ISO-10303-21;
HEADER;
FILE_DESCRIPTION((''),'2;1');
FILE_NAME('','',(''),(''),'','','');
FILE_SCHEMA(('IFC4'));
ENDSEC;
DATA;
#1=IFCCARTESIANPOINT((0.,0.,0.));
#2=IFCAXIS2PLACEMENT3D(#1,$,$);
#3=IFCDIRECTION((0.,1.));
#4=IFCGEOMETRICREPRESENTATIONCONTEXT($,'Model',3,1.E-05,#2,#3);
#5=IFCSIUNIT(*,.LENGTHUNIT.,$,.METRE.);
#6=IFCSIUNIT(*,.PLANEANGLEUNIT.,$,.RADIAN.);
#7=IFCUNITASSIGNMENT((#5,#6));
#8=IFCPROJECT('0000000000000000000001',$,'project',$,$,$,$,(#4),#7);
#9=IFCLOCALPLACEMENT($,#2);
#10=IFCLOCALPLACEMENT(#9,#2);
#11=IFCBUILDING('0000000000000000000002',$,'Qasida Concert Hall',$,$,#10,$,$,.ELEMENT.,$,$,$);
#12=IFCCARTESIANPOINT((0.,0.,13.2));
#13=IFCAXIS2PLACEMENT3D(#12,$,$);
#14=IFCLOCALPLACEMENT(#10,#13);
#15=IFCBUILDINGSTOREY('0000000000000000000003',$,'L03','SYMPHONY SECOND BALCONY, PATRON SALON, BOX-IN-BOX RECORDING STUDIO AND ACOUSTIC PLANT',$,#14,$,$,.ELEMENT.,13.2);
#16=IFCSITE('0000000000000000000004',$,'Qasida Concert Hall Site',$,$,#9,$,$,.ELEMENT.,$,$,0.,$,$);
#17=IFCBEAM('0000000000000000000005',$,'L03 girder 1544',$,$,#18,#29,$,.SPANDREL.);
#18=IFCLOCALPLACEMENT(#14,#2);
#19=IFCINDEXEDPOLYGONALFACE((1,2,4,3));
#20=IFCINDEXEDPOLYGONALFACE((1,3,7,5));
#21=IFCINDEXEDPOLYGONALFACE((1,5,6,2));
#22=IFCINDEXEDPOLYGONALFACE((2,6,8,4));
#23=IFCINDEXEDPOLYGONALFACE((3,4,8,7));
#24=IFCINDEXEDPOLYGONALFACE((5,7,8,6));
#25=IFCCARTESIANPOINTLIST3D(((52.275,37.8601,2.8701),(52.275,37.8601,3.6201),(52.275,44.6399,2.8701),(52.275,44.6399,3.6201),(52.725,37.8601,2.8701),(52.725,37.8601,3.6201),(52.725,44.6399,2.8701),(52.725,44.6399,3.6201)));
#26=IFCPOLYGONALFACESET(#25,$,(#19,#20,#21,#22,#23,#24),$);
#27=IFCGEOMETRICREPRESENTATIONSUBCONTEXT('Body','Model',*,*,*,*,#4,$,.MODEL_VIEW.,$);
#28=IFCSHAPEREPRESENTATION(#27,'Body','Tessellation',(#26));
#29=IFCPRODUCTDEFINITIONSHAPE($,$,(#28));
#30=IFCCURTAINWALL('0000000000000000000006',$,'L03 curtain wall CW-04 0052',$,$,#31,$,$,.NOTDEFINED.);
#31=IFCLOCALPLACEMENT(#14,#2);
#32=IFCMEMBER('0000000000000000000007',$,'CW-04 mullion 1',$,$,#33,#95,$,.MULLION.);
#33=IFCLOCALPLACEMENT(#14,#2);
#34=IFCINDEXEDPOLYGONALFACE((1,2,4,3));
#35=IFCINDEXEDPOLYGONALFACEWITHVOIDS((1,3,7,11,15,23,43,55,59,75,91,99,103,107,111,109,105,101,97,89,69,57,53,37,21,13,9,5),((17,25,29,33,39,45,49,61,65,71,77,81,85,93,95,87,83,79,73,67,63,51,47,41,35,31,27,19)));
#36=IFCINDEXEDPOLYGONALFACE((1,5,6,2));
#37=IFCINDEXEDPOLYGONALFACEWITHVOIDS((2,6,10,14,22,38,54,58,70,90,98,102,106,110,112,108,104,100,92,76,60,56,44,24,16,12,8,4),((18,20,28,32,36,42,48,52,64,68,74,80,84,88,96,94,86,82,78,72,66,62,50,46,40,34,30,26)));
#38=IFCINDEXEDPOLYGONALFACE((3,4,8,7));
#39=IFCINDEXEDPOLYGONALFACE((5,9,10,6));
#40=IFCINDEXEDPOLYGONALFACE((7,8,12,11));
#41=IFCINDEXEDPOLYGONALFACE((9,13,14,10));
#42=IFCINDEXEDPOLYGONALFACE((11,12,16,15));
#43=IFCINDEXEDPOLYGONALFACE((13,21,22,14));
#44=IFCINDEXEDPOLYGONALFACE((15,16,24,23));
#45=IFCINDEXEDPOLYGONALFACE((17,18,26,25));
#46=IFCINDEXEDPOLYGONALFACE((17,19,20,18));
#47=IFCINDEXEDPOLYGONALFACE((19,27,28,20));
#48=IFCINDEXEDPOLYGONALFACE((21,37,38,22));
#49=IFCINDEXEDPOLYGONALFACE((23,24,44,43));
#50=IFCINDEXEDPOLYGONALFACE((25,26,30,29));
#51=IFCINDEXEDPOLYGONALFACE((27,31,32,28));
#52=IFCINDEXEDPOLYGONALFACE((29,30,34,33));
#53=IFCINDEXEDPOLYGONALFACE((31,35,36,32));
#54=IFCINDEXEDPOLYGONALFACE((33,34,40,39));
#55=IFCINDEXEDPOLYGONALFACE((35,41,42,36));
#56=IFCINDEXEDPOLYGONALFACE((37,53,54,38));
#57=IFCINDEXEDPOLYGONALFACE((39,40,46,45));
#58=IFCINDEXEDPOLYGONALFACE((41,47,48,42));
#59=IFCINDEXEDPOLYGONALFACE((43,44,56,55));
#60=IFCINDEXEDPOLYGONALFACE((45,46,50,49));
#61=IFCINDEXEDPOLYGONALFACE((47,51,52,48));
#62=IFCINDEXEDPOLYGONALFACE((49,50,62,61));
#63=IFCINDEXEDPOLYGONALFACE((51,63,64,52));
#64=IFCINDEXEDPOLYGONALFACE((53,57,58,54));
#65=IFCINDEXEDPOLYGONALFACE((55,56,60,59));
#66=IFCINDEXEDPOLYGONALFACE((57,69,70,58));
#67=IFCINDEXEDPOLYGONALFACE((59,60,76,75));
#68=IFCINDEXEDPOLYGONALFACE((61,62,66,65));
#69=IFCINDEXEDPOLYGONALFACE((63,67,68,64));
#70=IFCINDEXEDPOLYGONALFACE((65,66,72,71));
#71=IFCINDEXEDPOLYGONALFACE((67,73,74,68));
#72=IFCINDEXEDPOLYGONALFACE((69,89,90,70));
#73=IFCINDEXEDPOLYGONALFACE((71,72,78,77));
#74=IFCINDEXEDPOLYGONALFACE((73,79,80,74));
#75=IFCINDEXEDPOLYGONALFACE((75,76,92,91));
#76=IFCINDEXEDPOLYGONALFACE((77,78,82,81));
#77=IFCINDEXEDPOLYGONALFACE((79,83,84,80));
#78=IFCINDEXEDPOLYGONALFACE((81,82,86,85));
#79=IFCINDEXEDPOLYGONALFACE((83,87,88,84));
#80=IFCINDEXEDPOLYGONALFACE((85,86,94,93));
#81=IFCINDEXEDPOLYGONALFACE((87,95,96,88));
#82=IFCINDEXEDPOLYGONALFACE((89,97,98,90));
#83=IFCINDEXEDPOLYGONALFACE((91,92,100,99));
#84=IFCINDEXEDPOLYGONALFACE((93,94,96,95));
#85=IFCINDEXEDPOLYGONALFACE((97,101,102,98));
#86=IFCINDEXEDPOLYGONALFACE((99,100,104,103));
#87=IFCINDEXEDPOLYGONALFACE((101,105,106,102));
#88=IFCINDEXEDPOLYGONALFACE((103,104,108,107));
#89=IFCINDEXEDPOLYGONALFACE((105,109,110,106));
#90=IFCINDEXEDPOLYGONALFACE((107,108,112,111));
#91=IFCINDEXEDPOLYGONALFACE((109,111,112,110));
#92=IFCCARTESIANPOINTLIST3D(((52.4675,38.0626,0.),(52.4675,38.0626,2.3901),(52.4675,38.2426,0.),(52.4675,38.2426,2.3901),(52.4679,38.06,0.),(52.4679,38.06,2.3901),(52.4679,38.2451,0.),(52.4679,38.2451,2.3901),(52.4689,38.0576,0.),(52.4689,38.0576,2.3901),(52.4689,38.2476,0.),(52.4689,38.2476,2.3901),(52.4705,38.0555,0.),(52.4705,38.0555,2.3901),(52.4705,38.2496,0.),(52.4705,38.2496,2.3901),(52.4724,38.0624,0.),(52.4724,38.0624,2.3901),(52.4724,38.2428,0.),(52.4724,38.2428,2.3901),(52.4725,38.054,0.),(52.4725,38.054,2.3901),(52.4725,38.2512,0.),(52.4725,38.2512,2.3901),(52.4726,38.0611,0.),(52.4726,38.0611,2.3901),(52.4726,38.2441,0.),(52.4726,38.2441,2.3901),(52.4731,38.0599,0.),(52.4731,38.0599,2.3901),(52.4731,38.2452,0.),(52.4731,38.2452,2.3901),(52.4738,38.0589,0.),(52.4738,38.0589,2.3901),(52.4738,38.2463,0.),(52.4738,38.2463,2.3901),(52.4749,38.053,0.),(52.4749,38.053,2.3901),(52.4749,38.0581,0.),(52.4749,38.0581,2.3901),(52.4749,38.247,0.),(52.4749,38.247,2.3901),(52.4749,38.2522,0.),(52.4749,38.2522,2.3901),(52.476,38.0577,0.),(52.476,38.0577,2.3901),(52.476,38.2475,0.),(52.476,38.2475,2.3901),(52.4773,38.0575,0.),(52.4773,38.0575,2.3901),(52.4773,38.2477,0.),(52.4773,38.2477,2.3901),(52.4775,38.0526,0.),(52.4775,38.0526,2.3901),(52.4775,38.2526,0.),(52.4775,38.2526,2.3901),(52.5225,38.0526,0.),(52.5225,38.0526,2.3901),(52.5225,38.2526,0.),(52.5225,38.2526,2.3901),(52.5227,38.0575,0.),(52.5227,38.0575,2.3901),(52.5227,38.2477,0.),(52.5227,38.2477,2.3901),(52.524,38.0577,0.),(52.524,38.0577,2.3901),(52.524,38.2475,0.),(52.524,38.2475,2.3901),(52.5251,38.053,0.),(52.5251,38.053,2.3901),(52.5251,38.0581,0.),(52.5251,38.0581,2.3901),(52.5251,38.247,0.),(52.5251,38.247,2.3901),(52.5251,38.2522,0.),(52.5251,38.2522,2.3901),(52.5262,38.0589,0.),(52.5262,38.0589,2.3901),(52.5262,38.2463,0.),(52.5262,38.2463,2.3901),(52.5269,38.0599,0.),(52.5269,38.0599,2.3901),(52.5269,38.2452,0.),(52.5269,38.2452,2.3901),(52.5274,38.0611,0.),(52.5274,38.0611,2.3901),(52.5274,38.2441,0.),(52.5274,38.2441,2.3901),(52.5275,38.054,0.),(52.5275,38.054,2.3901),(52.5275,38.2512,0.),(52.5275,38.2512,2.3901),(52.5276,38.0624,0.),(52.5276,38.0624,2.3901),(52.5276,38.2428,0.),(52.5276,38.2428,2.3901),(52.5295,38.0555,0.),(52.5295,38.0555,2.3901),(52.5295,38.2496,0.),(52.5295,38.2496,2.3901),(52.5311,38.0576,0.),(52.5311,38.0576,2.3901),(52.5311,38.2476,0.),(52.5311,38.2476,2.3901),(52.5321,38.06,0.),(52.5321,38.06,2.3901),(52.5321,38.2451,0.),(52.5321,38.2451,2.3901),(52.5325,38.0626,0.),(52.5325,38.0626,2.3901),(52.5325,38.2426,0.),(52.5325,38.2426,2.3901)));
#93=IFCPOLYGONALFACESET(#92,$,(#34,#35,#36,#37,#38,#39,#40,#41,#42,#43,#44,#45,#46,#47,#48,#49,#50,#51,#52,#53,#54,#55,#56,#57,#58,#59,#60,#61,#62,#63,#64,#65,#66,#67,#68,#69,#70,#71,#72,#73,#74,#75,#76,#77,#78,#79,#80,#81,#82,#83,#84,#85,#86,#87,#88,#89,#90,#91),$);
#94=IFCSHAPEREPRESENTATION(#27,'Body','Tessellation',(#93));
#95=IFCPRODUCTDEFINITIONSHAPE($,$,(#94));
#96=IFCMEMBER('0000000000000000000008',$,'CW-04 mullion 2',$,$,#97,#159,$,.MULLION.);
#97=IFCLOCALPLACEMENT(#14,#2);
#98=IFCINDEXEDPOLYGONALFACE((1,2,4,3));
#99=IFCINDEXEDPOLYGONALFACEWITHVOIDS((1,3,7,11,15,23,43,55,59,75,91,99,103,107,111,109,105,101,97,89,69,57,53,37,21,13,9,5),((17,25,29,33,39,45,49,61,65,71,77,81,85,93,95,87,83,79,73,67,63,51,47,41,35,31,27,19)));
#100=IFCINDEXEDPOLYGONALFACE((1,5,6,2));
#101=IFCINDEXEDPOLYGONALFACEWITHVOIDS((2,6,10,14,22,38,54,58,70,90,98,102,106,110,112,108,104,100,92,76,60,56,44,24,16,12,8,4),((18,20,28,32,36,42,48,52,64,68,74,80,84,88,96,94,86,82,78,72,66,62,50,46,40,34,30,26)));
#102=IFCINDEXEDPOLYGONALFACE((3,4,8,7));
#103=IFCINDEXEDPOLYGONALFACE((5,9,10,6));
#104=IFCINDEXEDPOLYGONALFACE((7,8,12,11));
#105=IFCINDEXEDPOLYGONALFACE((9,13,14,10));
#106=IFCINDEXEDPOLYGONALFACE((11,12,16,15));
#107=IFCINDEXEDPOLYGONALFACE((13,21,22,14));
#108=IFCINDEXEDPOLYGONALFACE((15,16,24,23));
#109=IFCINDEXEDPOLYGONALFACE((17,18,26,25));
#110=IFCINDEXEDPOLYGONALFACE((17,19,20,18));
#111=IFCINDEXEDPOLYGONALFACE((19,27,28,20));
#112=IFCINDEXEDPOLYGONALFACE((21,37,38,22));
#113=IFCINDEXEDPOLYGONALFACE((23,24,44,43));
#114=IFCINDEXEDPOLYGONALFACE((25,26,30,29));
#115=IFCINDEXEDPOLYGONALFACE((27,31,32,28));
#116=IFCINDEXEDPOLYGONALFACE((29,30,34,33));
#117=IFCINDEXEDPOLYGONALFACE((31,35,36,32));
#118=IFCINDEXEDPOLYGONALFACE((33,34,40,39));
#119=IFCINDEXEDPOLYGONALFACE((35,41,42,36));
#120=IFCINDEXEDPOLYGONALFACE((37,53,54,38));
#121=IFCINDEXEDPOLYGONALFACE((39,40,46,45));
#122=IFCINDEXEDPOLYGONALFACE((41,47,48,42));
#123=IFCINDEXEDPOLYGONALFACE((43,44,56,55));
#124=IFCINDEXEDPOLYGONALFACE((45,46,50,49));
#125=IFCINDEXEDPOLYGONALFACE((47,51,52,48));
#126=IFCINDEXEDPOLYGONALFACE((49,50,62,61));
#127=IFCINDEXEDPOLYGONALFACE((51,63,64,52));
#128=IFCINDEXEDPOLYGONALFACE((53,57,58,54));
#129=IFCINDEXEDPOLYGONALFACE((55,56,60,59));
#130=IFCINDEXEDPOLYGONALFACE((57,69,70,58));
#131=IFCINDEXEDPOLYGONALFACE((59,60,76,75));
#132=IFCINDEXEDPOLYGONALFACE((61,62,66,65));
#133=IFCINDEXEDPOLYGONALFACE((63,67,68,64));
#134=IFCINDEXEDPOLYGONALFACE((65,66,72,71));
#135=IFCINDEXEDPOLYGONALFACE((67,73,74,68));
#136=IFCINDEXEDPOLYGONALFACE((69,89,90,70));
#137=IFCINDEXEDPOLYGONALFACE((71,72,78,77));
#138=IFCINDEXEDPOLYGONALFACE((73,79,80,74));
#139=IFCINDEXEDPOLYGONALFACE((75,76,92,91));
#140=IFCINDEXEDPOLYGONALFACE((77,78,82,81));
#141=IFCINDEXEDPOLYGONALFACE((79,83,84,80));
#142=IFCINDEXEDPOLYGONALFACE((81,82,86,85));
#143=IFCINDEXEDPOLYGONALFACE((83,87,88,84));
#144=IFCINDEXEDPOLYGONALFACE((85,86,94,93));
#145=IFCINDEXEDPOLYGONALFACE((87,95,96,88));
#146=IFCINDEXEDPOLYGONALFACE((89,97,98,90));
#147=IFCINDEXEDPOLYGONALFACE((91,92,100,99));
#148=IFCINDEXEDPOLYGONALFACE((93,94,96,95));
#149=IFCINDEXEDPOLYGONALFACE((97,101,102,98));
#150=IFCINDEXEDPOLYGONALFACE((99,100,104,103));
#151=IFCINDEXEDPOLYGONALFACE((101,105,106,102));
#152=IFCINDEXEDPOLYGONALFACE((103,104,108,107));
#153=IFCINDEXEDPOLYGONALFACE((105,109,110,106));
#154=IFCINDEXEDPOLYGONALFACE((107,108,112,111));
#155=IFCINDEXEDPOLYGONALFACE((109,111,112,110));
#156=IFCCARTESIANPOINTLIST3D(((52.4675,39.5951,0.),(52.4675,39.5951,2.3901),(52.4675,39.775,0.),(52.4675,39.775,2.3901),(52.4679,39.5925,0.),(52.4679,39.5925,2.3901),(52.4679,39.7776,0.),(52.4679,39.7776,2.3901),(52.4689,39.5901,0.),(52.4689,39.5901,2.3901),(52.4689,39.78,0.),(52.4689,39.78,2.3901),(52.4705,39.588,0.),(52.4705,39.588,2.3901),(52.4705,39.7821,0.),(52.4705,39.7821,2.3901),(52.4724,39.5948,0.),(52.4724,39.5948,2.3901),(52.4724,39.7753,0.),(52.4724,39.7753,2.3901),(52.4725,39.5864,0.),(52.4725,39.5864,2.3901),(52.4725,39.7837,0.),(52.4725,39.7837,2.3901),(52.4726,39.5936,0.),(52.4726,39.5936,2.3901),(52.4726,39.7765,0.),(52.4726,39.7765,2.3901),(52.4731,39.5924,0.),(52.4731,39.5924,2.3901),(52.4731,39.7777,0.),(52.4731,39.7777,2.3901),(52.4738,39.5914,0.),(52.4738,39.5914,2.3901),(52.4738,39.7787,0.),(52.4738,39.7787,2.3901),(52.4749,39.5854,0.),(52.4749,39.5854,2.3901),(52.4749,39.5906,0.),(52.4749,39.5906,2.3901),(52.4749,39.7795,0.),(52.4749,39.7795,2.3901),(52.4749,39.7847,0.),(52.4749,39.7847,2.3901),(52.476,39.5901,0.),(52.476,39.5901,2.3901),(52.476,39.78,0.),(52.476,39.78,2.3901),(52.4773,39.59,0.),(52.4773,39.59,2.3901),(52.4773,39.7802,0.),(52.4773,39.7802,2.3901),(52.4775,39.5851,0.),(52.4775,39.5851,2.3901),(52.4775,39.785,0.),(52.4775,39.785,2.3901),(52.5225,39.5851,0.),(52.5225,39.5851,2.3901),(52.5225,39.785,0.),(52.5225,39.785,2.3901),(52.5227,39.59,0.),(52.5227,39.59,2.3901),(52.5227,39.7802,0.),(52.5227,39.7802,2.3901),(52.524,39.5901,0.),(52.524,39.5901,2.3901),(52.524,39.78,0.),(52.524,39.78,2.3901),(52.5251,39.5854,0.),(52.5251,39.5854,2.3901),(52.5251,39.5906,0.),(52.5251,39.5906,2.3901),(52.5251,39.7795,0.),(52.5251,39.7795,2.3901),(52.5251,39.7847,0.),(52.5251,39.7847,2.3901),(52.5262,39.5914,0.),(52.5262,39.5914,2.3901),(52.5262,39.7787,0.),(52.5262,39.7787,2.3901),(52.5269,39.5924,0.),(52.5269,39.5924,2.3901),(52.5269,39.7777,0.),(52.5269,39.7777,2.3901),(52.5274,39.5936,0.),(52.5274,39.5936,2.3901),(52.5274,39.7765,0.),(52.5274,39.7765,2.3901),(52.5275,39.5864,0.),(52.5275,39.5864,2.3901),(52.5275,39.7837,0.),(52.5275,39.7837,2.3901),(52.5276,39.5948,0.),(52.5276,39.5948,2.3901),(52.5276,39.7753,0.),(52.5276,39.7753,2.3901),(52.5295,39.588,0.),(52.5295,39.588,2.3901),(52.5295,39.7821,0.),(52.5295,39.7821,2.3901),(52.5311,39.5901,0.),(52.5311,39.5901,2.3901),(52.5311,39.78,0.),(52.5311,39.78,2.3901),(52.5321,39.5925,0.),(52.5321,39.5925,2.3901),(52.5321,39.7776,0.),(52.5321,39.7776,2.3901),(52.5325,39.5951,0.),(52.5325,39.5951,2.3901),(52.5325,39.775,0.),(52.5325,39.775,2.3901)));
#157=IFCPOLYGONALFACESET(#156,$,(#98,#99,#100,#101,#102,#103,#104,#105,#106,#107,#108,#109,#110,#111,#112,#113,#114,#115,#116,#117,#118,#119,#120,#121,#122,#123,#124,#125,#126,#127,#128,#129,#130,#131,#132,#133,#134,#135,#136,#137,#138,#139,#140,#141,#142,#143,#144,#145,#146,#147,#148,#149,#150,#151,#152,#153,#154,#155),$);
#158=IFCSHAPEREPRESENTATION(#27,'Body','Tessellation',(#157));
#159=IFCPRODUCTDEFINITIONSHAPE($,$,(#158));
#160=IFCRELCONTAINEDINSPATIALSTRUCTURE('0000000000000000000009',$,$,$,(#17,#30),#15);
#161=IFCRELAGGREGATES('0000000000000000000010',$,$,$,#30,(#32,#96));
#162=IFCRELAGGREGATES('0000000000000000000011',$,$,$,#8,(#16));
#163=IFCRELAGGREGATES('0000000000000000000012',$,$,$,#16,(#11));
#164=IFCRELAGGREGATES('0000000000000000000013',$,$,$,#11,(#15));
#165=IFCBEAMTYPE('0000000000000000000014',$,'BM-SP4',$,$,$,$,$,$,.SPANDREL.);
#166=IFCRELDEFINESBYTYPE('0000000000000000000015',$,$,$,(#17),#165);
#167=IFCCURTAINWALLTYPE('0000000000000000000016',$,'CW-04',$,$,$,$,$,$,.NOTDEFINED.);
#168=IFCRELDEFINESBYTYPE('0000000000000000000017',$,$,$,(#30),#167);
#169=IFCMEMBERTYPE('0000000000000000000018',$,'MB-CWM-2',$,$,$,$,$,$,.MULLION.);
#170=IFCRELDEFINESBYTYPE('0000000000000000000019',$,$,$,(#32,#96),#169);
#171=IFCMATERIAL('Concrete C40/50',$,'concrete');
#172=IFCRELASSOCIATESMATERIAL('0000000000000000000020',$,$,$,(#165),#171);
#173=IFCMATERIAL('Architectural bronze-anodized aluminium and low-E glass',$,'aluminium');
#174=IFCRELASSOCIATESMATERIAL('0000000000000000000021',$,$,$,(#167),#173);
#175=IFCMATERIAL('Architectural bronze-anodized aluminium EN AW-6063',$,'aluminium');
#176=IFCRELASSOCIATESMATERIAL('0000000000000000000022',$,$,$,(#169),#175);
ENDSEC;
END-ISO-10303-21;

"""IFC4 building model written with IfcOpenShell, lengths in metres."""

from ifc_helpers import new_model, si_unit, direction, frame, origin, origin_2d, place, context, subcontext, project, spatial, rectangle, hollow_rectangle, extrude, material, material_profile, profile_set, type_object, element, aggregate, save


model = new_model("IFC4")

# Units and contexts
model_context = context("Model", 3, precision=1e-05, world=origin(), true_north=direction((0.0, 1.0)))
body_context = subcontext(model_context, "Body", "Model", "MODEL_VIEW")
ifc_project = project(units=[si_unit("LENGTHUNIT", "METRE"), si_unit("PLANEANGLEUNIT", "RADIAN")], contexts=[model_context])

# Site, building, storey
site_placement = place(None, origin())
site = spatial("IfcSite", under=ifc_project, at=site_placement, Name="Qasida Concert Hall Site", CompositionType="ELEMENT", RefElevation=0.0)
building_placement = place(site_placement, origin())
building = spatial("IfcBuilding", under=site, at=building_placement, Name="Qasida Concert Hall", CompositionType="ELEMENT")
storey_placement = place(building_placement, frame((0.0, 0.0, 13.2)))
storey = spatial("IfcBuildingStorey", under=building, at=storey_placement, Name="L03", Description="SYMPHONY SECOND BALCONY, PATRON SALON, BOX-IN-BOX RECORDING STUDIO AND ACOUSTIC PLANT", CompositionType="ELEMENT", Elevation=13.2)

# Beam
ifc_material_1 = material(Name="Concrete C40/50", Category="concrete")
ifc_material_profile_1 = material_profile(ifc_material_1, rectangle(XDim=0.45, YDim=0.75, at=origin_2d()), Name="RC 450x750")
ifc_profile_set_1 = profile_set([ifc_material_profile_1], Name="Concrete C40/50")
beam_type = type_object("IfcBeamType", Name="BM-SP4", PredefinedType="SPANDREL", material=ifc_profile_set_1)
beam_placement = place(storey_placement, frame((52.5, 37.8601, 3.2451), z_axis=(0.0, 1.0, 0.0), x_axis=(-1.0, 0.0, 0.0)))
element("IfcBeam", 1, at=beam_placement, inside=storey, type_object=beam_type, Name="L03 girder 1544", PredefinedType="SPANDREL", context=body_context, shape_type="SweptSolid", body=[
    extrude(rectangle(XDim=0.45, YDim=0.75, at=origin_2d()), origin(), (0.0, 0.0, 1.0), 6.7798),
])

# Curtain wall, members
ifc_material_2 = material(Name="Architectural bronze-anodized aluminium and low-E glass", Category="aluminium")
curtain_wall_type = type_object("IfcCurtainWallType", Name="CW-04", PredefinedType="NOTDEFINED", material=ifc_material_2)
curtain_wall_placement = place(storey_placement, origin())
curtain_wall = element("IfcCurtainWall", 2, at=curtain_wall_placement, inside=storey, type_object=curtain_wall_type, Name="L03 curtain wall CW-04 0052", PredefinedType="NOTDEFINED")
ifc_material_3 = material(Name="Architectural bronze-anodized aluminium EN AW-6063", Category="aluminium")
ifc_material_profile_2 = material_profile(ifc_material_3, hollow_rectangle(XDim=0.0649, YDim=0.2, WallThickness=0.0049, InnerFilletRadius=0.0049, OuterFilletRadius=0.01, at=origin_2d()), Name="CWM 200x65x5")
ifc_profile_set_2 = profile_set([ifc_material_profile_2], Name="Architectural bronze-anodized aluminium EN AW-6063")
member_type_1 = type_object("IfcMemberType", Name="MB-CWM-2", PredefinedType="MULLION", material=ifc_profile_set_2)
member_1_placement = place(storey_placement, frame((52.5, 38.1526, 0.0), z_axis=(0.0, 0.0, 1.0), x_axis=(-1.0, 0.0, 0.0)))
member_1 = element("IfcMember", 3, at=member_1_placement, type_object=member_type_1, Name="CW-04 mullion 1", PredefinedType="MULLION", context=body_context, shape_type="SweptSolid", body=[
    extrude(hollow_rectangle(XDim=0.0649, YDim=0.2, WallThickness=0.0049, InnerFilletRadius=0.0049, OuterFilletRadius=0.01, at=origin_2d()), origin(), (0.0, 0.0, 1.0), 2.3901),
])
member_2_placement = place(storey_placement, frame((52.5, 39.6851, 0.0), z_axis=(0.0, 0.0, 1.0), x_axis=(-1.0, 0.0, 0.0)))
member_2 = element("IfcMember", 4, at=member_2_placement, type_object=member_type_1, Name="CW-04 mullion 2", PredefinedType="MULLION", context=body_context, shape_type="SweptSolid", body=[
    extrude(hollow_rectangle(XDim=0.0649, YDim=0.2, WallThickness=0.0049, InnerFilletRadius=0.0049, OuterFilletRadius=0.01, at=origin_2d()), origin(), (0.0, 0.0, 1.0), 2.3901),
])
aggregate(curtain_wall, [member_1, member_2])

save(model, "model.ifc")
